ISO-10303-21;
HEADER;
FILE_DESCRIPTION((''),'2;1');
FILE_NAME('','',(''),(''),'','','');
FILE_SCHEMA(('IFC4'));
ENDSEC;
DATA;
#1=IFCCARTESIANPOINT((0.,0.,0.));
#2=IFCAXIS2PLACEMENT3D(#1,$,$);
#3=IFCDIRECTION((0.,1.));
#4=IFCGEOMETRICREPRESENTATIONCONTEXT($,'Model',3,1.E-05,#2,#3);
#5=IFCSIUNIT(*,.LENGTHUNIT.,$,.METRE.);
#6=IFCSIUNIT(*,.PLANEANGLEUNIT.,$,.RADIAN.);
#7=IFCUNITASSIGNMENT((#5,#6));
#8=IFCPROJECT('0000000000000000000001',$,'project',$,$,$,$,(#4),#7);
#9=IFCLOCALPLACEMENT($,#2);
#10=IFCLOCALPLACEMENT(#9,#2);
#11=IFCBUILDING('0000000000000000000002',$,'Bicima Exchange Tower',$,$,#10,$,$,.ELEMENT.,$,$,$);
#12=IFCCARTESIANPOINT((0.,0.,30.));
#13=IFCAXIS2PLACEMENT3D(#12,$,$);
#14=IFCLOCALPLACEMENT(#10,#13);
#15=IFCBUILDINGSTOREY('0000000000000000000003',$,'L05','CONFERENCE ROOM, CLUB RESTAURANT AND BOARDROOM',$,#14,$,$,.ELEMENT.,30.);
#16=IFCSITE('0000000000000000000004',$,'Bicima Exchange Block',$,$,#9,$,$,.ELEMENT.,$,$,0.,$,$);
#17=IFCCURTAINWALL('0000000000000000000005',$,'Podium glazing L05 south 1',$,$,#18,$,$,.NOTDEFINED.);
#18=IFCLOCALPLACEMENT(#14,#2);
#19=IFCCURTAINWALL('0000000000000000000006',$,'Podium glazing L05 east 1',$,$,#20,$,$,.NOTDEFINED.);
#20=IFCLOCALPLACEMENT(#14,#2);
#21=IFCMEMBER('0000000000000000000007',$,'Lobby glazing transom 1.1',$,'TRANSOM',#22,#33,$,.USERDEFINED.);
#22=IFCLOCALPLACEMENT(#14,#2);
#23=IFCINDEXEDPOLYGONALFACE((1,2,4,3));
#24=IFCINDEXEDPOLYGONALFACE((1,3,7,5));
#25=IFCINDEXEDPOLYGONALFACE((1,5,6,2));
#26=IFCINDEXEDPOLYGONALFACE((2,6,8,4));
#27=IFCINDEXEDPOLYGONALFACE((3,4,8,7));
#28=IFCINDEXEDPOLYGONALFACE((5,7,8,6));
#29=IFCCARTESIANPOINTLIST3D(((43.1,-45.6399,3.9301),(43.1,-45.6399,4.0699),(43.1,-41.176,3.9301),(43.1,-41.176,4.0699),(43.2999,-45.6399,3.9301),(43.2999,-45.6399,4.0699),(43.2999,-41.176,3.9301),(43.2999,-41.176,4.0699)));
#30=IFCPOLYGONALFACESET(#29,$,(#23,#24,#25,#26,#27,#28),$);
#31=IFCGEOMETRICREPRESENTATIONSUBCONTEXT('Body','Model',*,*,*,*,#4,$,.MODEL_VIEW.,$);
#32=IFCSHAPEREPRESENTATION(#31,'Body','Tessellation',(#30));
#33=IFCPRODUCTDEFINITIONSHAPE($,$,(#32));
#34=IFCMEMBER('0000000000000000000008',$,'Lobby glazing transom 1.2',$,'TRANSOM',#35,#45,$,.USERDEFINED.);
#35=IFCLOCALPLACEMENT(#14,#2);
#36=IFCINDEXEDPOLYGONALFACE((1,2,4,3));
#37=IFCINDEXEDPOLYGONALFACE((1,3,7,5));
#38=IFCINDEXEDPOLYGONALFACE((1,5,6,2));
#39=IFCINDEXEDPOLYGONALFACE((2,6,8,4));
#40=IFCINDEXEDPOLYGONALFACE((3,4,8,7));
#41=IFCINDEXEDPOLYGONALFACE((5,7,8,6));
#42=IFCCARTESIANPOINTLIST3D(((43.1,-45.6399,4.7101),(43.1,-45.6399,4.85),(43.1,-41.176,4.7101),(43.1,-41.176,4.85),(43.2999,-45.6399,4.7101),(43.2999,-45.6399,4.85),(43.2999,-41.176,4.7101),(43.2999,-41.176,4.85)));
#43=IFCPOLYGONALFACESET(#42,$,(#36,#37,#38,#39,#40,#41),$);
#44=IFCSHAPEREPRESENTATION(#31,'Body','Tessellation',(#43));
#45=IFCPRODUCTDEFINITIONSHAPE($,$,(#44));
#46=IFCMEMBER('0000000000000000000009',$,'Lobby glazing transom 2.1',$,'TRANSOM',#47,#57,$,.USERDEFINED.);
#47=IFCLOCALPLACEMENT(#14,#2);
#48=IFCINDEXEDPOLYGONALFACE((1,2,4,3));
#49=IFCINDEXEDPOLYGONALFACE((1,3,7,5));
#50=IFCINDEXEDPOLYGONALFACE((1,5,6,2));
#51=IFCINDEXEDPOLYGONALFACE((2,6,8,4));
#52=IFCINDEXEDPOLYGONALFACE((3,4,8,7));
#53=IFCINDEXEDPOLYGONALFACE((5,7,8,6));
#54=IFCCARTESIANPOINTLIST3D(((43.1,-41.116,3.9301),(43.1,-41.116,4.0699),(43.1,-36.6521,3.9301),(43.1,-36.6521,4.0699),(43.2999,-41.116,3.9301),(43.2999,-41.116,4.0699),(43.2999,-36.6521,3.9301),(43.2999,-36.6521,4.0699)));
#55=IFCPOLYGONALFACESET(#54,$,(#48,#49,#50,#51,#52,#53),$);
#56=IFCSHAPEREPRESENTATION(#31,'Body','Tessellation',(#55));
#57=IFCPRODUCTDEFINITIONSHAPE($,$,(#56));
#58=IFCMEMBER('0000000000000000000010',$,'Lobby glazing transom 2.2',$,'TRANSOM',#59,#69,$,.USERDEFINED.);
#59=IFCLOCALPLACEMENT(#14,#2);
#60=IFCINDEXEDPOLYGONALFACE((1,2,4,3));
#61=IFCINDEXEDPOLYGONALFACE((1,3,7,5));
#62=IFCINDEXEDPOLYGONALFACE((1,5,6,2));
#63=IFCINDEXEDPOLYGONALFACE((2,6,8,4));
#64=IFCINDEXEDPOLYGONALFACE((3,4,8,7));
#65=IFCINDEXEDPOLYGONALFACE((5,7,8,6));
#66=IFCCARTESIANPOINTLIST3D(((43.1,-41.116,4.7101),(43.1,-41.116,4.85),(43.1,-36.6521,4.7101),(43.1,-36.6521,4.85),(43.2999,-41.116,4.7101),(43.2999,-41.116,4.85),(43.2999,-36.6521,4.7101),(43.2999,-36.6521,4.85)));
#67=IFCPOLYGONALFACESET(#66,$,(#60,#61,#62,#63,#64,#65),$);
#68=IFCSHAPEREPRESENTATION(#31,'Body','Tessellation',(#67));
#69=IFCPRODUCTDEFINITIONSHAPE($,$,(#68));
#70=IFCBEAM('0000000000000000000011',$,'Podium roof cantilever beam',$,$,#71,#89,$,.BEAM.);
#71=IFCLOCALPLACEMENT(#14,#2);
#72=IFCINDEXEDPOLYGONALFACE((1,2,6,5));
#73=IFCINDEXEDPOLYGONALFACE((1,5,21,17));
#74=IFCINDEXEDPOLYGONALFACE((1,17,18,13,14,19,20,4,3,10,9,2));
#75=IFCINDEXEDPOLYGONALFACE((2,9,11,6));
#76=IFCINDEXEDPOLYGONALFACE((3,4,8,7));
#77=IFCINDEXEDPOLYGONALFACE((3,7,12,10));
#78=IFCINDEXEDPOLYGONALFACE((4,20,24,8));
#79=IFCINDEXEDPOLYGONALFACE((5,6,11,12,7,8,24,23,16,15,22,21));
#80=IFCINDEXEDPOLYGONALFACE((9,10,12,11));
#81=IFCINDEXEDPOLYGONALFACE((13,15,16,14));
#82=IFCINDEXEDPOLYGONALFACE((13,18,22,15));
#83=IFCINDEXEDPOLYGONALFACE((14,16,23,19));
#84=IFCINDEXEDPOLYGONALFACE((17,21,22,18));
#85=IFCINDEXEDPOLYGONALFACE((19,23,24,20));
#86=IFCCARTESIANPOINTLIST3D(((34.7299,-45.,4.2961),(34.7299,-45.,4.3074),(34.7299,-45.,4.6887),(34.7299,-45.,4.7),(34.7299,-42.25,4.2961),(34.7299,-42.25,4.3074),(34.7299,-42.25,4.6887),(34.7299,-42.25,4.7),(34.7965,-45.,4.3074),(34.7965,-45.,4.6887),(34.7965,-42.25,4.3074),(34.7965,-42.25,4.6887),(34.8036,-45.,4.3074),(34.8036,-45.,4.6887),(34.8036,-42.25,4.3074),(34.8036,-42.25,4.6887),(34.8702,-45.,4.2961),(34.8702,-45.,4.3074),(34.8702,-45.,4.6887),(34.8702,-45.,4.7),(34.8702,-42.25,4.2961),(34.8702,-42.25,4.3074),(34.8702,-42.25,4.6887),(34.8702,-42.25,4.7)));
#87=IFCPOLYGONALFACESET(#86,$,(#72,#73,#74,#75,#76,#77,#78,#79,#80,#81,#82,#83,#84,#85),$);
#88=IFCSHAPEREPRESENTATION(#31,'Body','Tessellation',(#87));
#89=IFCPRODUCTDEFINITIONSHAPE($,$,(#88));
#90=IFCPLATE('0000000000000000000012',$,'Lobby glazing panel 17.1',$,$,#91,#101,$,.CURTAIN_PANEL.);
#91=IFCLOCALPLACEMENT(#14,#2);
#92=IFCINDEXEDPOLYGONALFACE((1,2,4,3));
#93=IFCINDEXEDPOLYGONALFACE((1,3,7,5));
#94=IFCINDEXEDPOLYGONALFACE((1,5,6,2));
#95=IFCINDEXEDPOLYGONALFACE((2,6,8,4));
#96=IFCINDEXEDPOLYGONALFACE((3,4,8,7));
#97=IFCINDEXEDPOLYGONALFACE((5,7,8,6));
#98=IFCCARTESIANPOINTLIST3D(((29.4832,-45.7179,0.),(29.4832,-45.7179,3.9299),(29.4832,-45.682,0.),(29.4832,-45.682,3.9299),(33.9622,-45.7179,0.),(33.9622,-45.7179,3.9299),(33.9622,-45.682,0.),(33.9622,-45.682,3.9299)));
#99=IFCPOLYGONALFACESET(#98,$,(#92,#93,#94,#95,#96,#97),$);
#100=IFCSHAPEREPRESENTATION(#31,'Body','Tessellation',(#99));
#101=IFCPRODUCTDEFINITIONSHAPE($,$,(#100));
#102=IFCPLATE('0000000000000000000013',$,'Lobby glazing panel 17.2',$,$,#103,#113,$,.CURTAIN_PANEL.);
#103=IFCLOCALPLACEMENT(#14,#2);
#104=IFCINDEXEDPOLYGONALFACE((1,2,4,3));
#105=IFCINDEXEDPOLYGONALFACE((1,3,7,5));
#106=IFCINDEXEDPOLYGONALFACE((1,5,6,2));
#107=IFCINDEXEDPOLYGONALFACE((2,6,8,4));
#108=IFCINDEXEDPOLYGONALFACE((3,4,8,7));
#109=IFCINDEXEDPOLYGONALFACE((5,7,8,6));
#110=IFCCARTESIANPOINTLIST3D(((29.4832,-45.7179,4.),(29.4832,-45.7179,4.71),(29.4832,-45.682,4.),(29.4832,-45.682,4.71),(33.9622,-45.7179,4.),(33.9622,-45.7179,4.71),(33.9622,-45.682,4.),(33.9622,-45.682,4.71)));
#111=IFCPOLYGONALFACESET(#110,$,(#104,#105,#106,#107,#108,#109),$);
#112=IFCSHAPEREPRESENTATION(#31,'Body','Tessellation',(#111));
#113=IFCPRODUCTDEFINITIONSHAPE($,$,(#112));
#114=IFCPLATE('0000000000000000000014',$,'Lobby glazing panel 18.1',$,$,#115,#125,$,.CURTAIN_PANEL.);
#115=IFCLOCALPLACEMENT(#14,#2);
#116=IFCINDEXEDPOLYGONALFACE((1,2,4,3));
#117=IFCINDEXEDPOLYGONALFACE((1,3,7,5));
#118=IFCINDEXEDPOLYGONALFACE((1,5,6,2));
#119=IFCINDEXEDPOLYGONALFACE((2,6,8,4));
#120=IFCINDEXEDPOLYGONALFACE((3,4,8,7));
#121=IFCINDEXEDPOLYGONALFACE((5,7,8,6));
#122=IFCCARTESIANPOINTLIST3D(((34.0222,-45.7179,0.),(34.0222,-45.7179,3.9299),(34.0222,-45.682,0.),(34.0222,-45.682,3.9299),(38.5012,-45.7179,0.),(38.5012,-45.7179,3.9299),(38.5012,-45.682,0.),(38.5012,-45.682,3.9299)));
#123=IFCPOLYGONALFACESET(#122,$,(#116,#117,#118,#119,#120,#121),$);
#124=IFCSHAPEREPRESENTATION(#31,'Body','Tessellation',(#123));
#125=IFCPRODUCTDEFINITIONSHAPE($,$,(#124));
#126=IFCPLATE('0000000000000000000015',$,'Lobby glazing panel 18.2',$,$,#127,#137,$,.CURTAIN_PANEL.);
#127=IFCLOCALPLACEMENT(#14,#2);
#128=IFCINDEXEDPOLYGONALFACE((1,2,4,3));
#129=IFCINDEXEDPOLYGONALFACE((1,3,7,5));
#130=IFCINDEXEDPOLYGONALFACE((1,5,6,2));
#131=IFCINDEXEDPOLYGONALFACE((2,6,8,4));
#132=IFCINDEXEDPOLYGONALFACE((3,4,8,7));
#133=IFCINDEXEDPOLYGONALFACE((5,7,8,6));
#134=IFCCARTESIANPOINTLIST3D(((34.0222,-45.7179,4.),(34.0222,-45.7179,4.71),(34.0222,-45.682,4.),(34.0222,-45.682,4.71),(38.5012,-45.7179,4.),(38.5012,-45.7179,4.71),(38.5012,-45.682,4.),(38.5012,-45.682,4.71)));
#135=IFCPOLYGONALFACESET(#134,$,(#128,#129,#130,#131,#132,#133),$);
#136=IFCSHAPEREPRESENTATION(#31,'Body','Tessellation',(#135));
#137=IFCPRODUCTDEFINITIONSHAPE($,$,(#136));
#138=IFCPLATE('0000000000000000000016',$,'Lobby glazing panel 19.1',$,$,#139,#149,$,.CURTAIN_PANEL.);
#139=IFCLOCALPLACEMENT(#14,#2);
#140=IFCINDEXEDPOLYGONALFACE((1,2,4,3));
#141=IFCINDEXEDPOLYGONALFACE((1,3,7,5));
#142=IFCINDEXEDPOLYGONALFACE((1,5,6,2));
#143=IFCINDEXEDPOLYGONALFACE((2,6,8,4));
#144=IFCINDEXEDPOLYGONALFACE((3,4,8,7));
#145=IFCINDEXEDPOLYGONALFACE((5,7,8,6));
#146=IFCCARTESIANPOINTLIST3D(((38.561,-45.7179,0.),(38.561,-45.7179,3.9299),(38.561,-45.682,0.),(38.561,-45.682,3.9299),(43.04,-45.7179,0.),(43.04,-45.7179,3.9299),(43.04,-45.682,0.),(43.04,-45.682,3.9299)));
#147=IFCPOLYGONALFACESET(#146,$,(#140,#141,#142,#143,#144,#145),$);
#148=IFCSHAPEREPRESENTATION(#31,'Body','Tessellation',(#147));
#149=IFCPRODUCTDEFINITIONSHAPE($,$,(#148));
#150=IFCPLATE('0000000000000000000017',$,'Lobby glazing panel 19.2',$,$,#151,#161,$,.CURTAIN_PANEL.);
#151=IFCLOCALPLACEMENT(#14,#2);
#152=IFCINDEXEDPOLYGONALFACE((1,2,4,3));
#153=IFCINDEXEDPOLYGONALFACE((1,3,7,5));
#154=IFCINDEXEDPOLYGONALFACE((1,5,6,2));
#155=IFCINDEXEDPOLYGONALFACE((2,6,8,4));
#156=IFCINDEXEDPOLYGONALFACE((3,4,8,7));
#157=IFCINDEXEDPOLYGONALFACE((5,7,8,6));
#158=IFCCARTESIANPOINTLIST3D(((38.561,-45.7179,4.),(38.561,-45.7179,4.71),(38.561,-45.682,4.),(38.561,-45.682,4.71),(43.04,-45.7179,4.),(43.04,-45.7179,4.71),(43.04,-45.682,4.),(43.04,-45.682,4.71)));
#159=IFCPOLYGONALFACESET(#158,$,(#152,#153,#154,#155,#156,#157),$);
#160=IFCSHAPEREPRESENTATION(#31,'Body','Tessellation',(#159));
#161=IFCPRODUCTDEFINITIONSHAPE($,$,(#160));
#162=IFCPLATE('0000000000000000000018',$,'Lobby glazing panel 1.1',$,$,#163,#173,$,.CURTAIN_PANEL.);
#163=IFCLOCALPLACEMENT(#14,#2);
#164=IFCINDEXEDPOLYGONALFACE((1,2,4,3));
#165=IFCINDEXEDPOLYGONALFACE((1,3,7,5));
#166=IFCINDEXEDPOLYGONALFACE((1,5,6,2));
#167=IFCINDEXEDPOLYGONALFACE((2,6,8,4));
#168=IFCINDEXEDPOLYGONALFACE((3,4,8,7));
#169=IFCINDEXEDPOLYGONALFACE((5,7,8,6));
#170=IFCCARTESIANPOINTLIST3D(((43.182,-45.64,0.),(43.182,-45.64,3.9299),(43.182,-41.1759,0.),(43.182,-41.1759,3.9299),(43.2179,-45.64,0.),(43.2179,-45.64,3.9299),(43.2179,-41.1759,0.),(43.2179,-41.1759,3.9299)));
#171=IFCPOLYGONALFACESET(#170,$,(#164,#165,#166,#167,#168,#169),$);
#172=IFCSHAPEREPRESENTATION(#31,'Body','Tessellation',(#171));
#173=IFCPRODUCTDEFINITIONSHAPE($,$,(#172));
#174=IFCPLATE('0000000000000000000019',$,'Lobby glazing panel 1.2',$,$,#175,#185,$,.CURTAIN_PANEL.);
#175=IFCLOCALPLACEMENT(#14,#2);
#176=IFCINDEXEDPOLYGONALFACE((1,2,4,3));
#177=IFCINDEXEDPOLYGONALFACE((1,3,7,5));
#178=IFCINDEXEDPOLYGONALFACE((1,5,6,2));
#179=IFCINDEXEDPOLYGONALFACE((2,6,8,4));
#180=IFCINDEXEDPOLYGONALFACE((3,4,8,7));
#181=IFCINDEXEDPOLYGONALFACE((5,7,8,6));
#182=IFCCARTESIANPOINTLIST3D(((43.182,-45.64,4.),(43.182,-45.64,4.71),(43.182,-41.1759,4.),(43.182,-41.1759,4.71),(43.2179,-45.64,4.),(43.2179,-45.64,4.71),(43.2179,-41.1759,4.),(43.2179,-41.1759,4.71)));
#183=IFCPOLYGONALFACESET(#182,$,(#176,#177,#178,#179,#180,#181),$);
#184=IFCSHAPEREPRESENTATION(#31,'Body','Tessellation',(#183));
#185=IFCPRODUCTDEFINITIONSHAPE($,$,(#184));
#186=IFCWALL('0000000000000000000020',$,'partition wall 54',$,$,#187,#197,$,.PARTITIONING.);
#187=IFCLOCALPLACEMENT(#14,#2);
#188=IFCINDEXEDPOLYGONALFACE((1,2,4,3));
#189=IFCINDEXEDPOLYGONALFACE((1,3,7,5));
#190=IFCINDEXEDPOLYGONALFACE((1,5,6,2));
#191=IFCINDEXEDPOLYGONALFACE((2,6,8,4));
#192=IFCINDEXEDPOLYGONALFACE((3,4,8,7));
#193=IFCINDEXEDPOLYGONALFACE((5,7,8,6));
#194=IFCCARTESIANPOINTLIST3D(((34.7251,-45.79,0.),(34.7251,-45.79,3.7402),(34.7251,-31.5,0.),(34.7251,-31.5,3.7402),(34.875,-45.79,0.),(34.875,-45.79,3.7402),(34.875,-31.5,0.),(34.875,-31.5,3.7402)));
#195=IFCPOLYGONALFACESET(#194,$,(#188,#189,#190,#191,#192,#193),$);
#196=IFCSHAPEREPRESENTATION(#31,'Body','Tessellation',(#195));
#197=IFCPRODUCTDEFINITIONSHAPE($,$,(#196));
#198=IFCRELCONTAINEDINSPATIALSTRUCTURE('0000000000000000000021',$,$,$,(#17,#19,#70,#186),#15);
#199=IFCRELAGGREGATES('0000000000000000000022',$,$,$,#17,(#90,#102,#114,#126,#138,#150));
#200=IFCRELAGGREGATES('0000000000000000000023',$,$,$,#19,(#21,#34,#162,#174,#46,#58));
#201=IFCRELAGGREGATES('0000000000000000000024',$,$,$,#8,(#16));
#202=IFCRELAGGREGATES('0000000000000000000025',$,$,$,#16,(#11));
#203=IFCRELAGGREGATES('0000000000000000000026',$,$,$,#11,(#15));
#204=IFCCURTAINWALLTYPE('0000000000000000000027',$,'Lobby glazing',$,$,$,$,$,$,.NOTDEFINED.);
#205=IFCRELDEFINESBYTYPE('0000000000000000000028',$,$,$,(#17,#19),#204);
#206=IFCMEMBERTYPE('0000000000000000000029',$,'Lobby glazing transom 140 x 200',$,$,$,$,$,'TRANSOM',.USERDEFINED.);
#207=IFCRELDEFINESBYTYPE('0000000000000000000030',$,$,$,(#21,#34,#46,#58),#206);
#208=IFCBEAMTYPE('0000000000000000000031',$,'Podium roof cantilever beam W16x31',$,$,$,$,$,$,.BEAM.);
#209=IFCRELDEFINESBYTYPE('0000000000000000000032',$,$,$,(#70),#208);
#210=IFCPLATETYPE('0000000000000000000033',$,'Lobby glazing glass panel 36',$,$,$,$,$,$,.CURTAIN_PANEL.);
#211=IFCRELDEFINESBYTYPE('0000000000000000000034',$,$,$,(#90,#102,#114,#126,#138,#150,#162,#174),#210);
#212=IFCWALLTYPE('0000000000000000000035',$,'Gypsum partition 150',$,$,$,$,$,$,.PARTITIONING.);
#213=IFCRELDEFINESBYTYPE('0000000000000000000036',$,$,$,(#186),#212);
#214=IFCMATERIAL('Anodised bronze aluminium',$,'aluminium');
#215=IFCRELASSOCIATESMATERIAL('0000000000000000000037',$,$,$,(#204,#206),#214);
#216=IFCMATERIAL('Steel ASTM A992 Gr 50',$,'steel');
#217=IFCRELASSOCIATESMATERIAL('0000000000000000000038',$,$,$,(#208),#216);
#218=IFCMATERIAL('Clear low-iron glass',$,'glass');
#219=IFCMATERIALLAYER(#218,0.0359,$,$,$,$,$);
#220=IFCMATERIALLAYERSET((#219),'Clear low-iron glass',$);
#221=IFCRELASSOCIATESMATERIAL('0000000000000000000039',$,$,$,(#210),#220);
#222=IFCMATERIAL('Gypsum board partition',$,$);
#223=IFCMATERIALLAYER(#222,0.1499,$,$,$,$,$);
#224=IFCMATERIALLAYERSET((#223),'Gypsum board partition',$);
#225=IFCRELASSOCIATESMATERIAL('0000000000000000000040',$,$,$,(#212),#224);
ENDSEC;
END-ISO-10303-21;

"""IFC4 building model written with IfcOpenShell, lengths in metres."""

from ifc_helpers import new_model, si_unit, direction, frame, frame_2d, origin, origin_2d, place, context, subcontext, project, spatial, rectangle, i_section, extrude, material, layer, layer_set, material_profile, profile_set, type_object, element, aggregate, save


model = new_model("IFC4")

# Units and contexts
model_context = context("Model", 3, precision=1e-05, world=origin(), true_north=direction((0.0, 1.0)))
body_context = subcontext(model_context, "Body", "Model", "MODEL_VIEW")
ifc_project = project(units=[si_unit("LENGTHUNIT", "METRE"), si_unit("PLANEANGLEUNIT", "RADIAN")], contexts=[model_context])

# Site, building, storey
site_placement = place(None, origin())
site = spatial("IfcSite", under=ifc_project, at=site_placement, Name="Bicima Exchange Block", CompositionType="ELEMENT", RefElevation=0.0)
building_placement = place(site_placement, origin())
building = spatial("IfcBuilding", under=site, at=building_placement, Name="Bicima Exchange Tower", CompositionType="ELEMENT")
storey_placement = place(building_placement, frame((0.0, 0.0, 30.0)))
storey = spatial("IfcBuildingStorey", under=building, at=storey_placement, Name="L05", Description="CONFERENCE ROOM, CLUB RESTAURANT AND BOARDROOM", CompositionType="ELEMENT", Elevation=30.0)

# Curtain walls
ifc_material_1 = material(Name="Anodised bronze aluminium", Category="aluminium")
curtain_wall_type = type_object("IfcCurtainWallType", Name="Lobby glazing", PredefinedType="NOTDEFINED", material=ifc_material_1)
curtain_wall_1_placement = place(storey_placement, origin())
curtain_wall_1 = element("IfcCurtainWall", 1, at=curtain_wall_1_placement, inside=storey, type_object=curtain_wall_type, Name="Podium glazing L05 south 1", PredefinedType="NOTDEFINED")
curtain_wall_2_placement = place(storey_placement, origin())
curtain_wall_2 = element("IfcCurtainWall", 2, at=curtain_wall_2_placement, inside=storey, type_object=curtain_wall_type, Name="Podium glazing L05 east 1", PredefinedType="NOTDEFINED")

# Members
ifc_material_profile_1 = material_profile(ifc_material_1, rectangle(XDim=0.2, YDim=0.1399, at=origin_2d()))
ifc_profile_set_1 = profile_set([ifc_material_profile_1], Name="Anodised bronze aluminium")
member_type_1 = type_object("IfcMemberType", Name="Lobby glazing transom 140 x 200", ElementType="TRANSOM", PredefinedType="USERDEFINED", material=ifc_profile_set_1)
member_1_placement = place(storey_placement, frame((43.2, -45.6399, 4.0), z_axis=(0.0, 1.0, 0.0), x_axis=(-1.0, 0.0, 0.0)))
member_1 = element("IfcMember", 3, at=member_1_placement, type_object=member_type_1, Name="Lobby glazing transom 1.1", ObjectType="TRANSOM", PredefinedType="USERDEFINED", context=body_context, shape_type="SweptSolid", body=[
    extrude(rectangle(XDim=0.2, YDim=0.1399, at=origin_2d()), origin(), (0.0, 0.0, 1.0), 4.4639),
])
member_2_placement = place(storey_placement, frame((43.2, -45.6399, 4.78), z_axis=(0.0, 1.0, 0.0), x_axis=(-1.0, 0.0, 0.0)))
member_2 = element("IfcMember", 4, at=member_2_placement, type_object=member_type_1, Name="Lobby glazing transom 1.2", ObjectType="TRANSOM", PredefinedType="USERDEFINED", context=body_context, shape_type="SweptSolid", body=[
    extrude(rectangle(XDim=0.2, YDim=0.1399, at=origin_2d()), origin(), (0.0, 0.0, 1.0), 4.4639),
])
member_3_placement = place(storey_placement, frame((43.2, -41.116, 4.0), z_axis=(0.0, 1.0, 0.0), x_axis=(-1.0, 0.0, 0.0)))
member_3 = element("IfcMember", 5, at=member_3_placement, type_object=member_type_1, Name="Lobby glazing transom 2.1", ObjectType="TRANSOM", PredefinedType="USERDEFINED", context=body_context, shape_type="SweptSolid", body=[
    extrude(rectangle(XDim=0.2, YDim=0.1399, at=origin_2d()), origin(), (0.0, 0.0, 1.0), 4.4639),
])
member_4_placement = place(storey_placement, frame((43.2, -41.116, 4.78), z_axis=(0.0, 1.0, 0.0), x_axis=(-1.0, 0.0, 0.0)))
member_4 = element("IfcMember", 6, at=member_4_placement, type_object=member_type_1, Name="Lobby glazing transom 2.2", ObjectType="TRANSOM", PredefinedType="USERDEFINED", context=body_context, shape_type="SweptSolid", body=[
    extrude(rectangle(XDim=0.2, YDim=0.1399, at=origin_2d()), origin(), (0.0, 0.0, 1.0), 4.4639),
])

# Beam
ifc_material_2 = material(Name="Steel ASTM A992 Gr 50", Category="steel")
ifc_material_profile_2 = material_profile(ifc_material_2, i_section(OverallWidth=0.1404, OverallDepth=0.4038, WebThickness=0.0071, FlangeThickness=0.0112, at=origin_2d()))
ifc_profile_set_2 = profile_set([ifc_material_profile_2], Name="Steel ASTM A992 Gr 50")
beam_type = type_object("IfcBeamType", Name="Podium roof cantilever beam W16x31", PredefinedType="BEAM", material=ifc_profile_set_2)
beam_placement = place(storey_placement, frame((34.8, -45.0, 4.498), z_axis=(0.0, 1.0, 0.0), x_axis=(-1.0, 0.0, 0.0)))
element("IfcBeam", 7, at=beam_placement, inside=storey, type_object=beam_type, Name="Podium roof cantilever beam", PredefinedType="BEAM", context=body_context, shape_type="SweptSolid", body=[
    extrude(i_section(OverallWidth=0.1404, OverallDepth=0.4038, WebThickness=0.0071, FlangeThickness=0.0112, at=origin_2d()), origin(), (0.0, 0.0, 1.0), 2.75),
])

# Plates
ifc_material_3 = material(Name="Clear low-iron glass", Category="glass")
ifc_layer_1 = layer(ifc_material_3, 0.0359)
ifc_layer_set_1 = layer_set([ifc_layer_1], Name="Clear low-iron glass")
plate_type = type_object("IfcPlateType", Name="Lobby glazing glass panel 36", PredefinedType="CURTAIN_PANEL", material=ifc_layer_set_1)
plate_1_placement = place(storey_placement, frame((31.7227, -45.7, 0.0), z_axis=(0.0, 0.0, 1.0), x_axis=(1.0, 0.0, 0.0)))
plate_1 = element("IfcPlate", 8, at=plate_1_placement, type_object=plate_type, Name="Lobby glazing panel 17.1", PredefinedType="CURTAIN_PANEL", context=body_context, shape_type="SweptSolid", body=[
    extrude(rectangle(XDim=4.479, YDim=0.0359, at=origin_2d()), origin(), (0.0, 0.0, 1.0), 3.9299),
])
plate_2_placement = place(storey_placement, frame((31.7227, -45.7, 4.0), z_axis=(0.0, 0.0, 1.0), x_axis=(1.0, 0.0, 0.0)))
plate_2 = element("IfcPlate", 9, at=plate_2_placement, type_object=plate_type, Name="Lobby glazing panel 17.2", PredefinedType="CURTAIN_PANEL", context=body_context, shape_type="SweptSolid", body=[
    extrude(rectangle(XDim=4.479, YDim=0.0359, at=origin_2d()), origin(), (0.0, 0.0, 1.0), 0.71),
])
plate_3_placement = place(storey_placement, frame((36.2617, -45.7, 0.0), z_axis=(0.0, 0.0, 1.0), x_axis=(1.0, 0.0, 0.0)))
plate_3 = element("IfcPlate", 10, at=plate_3_placement, type_object=plate_type, Name="Lobby glazing panel 18.1", PredefinedType="CURTAIN_PANEL", context=body_context, shape_type="SweptSolid", body=[
    extrude(rectangle(XDim=4.479, YDim=0.0359, at=origin_2d()), origin(), (0.0, 0.0, 1.0), 3.9299),
])
plate_4_placement = place(storey_placement, frame((36.2617, -45.7, 4.0), z_axis=(0.0, 0.0, 1.0), x_axis=(1.0, 0.0, 0.0)))
plate_4 = element("IfcPlate", 11, at=plate_4_placement, type_object=plate_type, Name="Lobby glazing panel 18.2", PredefinedType="CURTAIN_PANEL", context=body_context, shape_type="SweptSolid", body=[
    extrude(rectangle(XDim=4.479, YDim=0.0359, at=origin_2d()), origin(), (0.0, 0.0, 1.0), 0.71),
])
plate_5_placement = place(storey_placement, frame((40.8005, -45.7, 0.0), z_axis=(0.0, 0.0, 1.0), x_axis=(1.0, 0.0, 0.0)))
plate_5 = element("IfcPlate", 12, at=plate_5_placement, type_object=plate_type, Name="Lobby glazing panel 19.1", PredefinedType="CURTAIN_PANEL", context=body_context, shape_type="SweptSolid", body=[
    extrude(rectangle(XDim=4.479, YDim=0.0359, at=origin_2d()), origin(), (0.0, 0.0, 1.0), 3.9299),
])
plate_6_placement = place(storey_placement, frame((40.8005, -45.7, 4.0), z_axis=(0.0, 0.0, 1.0), x_axis=(1.0, 0.0, 0.0)))
plate_6 = element("IfcPlate", 13, at=plate_6_placement, type_object=plate_type, Name="Lobby glazing panel 19.2", PredefinedType="CURTAIN_PANEL", context=body_context, shape_type="SweptSolid", body=[
    extrude(rectangle(XDim=4.479, YDim=0.0359, at=origin_2d()), origin(), (0.0, 0.0, 1.0), 0.71),
])
aggregate(curtain_wall_1, [plate_1, plate_2, plate_3, plate_4, plate_5, plate_6])
plate_7_placement = place(storey_placement, frame((43.2, -43.408, 0.0), z_axis=(0.0, 0.0, 1.0), x_axis=(0.0, 1.0, 0.0)))
plate_7 = element("IfcPlate", 14, at=plate_7_placement, type_object=plate_type, Name="Lobby glazing panel 1.1", PredefinedType="CURTAIN_PANEL", context=body_context, shape_type="SweptSolid", body=[
    extrude(rectangle(XDim=4.4641, YDim=0.0359, at=origin_2d()), origin(), (0.0, 0.0, 1.0), 3.9299),
])
plate_8_placement = place(storey_placement, frame((43.2, -43.408, 4.0), z_axis=(0.0, 0.0, 1.0), x_axis=(0.0, 1.0, 0.0)))
plate_8 = element("IfcPlate", 15, at=plate_8_placement, type_object=plate_type, Name="Lobby glazing panel 1.2", PredefinedType="CURTAIN_PANEL", context=body_context, shape_type="SweptSolid", body=[
    extrude(rectangle(XDim=4.4641, YDim=0.0359, at=origin_2d()), origin(), (0.0, 0.0, 1.0), 0.71),
])
aggregate(curtain_wall_2, [member_1, member_2, plate_7, plate_8, member_3, member_4])

# Wall
ifc_material_4 = material(Name="Gypsum board partition")
ifc_layer_2 = layer(ifc_material_4, 0.1499)
ifc_layer_set_2 = layer_set([ifc_layer_2], Name="Gypsum board partition")
wall_type = type_object("IfcWallType", Name="Gypsum partition 150", PredefinedType="PARTITIONING", material=ifc_layer_set_2)
for number, where, z_axis, x_axis, name in (
    (16, (34.8, -45.79, 0.0), (0.0, 0.0, 1.0), (0.0, 1.0, 0.0), "partition wall 54"),
):
    element("IfcWall", number, at=place(storey_placement, frame(where, z_axis=z_axis, x_axis=x_axis)), inside=storey, type_object=wall_type, Name=name, PredefinedType="PARTITIONING", context=body_context, shape_type="SweptSolid", body=[
        extrude(rectangle(XDim=14.29, YDim=0.1499, at=frame_2d((7.145, 0.0))), origin(), (0.0, 0.0, 1.0), 3.7402),
    ])

save(model, "model.ifc")
